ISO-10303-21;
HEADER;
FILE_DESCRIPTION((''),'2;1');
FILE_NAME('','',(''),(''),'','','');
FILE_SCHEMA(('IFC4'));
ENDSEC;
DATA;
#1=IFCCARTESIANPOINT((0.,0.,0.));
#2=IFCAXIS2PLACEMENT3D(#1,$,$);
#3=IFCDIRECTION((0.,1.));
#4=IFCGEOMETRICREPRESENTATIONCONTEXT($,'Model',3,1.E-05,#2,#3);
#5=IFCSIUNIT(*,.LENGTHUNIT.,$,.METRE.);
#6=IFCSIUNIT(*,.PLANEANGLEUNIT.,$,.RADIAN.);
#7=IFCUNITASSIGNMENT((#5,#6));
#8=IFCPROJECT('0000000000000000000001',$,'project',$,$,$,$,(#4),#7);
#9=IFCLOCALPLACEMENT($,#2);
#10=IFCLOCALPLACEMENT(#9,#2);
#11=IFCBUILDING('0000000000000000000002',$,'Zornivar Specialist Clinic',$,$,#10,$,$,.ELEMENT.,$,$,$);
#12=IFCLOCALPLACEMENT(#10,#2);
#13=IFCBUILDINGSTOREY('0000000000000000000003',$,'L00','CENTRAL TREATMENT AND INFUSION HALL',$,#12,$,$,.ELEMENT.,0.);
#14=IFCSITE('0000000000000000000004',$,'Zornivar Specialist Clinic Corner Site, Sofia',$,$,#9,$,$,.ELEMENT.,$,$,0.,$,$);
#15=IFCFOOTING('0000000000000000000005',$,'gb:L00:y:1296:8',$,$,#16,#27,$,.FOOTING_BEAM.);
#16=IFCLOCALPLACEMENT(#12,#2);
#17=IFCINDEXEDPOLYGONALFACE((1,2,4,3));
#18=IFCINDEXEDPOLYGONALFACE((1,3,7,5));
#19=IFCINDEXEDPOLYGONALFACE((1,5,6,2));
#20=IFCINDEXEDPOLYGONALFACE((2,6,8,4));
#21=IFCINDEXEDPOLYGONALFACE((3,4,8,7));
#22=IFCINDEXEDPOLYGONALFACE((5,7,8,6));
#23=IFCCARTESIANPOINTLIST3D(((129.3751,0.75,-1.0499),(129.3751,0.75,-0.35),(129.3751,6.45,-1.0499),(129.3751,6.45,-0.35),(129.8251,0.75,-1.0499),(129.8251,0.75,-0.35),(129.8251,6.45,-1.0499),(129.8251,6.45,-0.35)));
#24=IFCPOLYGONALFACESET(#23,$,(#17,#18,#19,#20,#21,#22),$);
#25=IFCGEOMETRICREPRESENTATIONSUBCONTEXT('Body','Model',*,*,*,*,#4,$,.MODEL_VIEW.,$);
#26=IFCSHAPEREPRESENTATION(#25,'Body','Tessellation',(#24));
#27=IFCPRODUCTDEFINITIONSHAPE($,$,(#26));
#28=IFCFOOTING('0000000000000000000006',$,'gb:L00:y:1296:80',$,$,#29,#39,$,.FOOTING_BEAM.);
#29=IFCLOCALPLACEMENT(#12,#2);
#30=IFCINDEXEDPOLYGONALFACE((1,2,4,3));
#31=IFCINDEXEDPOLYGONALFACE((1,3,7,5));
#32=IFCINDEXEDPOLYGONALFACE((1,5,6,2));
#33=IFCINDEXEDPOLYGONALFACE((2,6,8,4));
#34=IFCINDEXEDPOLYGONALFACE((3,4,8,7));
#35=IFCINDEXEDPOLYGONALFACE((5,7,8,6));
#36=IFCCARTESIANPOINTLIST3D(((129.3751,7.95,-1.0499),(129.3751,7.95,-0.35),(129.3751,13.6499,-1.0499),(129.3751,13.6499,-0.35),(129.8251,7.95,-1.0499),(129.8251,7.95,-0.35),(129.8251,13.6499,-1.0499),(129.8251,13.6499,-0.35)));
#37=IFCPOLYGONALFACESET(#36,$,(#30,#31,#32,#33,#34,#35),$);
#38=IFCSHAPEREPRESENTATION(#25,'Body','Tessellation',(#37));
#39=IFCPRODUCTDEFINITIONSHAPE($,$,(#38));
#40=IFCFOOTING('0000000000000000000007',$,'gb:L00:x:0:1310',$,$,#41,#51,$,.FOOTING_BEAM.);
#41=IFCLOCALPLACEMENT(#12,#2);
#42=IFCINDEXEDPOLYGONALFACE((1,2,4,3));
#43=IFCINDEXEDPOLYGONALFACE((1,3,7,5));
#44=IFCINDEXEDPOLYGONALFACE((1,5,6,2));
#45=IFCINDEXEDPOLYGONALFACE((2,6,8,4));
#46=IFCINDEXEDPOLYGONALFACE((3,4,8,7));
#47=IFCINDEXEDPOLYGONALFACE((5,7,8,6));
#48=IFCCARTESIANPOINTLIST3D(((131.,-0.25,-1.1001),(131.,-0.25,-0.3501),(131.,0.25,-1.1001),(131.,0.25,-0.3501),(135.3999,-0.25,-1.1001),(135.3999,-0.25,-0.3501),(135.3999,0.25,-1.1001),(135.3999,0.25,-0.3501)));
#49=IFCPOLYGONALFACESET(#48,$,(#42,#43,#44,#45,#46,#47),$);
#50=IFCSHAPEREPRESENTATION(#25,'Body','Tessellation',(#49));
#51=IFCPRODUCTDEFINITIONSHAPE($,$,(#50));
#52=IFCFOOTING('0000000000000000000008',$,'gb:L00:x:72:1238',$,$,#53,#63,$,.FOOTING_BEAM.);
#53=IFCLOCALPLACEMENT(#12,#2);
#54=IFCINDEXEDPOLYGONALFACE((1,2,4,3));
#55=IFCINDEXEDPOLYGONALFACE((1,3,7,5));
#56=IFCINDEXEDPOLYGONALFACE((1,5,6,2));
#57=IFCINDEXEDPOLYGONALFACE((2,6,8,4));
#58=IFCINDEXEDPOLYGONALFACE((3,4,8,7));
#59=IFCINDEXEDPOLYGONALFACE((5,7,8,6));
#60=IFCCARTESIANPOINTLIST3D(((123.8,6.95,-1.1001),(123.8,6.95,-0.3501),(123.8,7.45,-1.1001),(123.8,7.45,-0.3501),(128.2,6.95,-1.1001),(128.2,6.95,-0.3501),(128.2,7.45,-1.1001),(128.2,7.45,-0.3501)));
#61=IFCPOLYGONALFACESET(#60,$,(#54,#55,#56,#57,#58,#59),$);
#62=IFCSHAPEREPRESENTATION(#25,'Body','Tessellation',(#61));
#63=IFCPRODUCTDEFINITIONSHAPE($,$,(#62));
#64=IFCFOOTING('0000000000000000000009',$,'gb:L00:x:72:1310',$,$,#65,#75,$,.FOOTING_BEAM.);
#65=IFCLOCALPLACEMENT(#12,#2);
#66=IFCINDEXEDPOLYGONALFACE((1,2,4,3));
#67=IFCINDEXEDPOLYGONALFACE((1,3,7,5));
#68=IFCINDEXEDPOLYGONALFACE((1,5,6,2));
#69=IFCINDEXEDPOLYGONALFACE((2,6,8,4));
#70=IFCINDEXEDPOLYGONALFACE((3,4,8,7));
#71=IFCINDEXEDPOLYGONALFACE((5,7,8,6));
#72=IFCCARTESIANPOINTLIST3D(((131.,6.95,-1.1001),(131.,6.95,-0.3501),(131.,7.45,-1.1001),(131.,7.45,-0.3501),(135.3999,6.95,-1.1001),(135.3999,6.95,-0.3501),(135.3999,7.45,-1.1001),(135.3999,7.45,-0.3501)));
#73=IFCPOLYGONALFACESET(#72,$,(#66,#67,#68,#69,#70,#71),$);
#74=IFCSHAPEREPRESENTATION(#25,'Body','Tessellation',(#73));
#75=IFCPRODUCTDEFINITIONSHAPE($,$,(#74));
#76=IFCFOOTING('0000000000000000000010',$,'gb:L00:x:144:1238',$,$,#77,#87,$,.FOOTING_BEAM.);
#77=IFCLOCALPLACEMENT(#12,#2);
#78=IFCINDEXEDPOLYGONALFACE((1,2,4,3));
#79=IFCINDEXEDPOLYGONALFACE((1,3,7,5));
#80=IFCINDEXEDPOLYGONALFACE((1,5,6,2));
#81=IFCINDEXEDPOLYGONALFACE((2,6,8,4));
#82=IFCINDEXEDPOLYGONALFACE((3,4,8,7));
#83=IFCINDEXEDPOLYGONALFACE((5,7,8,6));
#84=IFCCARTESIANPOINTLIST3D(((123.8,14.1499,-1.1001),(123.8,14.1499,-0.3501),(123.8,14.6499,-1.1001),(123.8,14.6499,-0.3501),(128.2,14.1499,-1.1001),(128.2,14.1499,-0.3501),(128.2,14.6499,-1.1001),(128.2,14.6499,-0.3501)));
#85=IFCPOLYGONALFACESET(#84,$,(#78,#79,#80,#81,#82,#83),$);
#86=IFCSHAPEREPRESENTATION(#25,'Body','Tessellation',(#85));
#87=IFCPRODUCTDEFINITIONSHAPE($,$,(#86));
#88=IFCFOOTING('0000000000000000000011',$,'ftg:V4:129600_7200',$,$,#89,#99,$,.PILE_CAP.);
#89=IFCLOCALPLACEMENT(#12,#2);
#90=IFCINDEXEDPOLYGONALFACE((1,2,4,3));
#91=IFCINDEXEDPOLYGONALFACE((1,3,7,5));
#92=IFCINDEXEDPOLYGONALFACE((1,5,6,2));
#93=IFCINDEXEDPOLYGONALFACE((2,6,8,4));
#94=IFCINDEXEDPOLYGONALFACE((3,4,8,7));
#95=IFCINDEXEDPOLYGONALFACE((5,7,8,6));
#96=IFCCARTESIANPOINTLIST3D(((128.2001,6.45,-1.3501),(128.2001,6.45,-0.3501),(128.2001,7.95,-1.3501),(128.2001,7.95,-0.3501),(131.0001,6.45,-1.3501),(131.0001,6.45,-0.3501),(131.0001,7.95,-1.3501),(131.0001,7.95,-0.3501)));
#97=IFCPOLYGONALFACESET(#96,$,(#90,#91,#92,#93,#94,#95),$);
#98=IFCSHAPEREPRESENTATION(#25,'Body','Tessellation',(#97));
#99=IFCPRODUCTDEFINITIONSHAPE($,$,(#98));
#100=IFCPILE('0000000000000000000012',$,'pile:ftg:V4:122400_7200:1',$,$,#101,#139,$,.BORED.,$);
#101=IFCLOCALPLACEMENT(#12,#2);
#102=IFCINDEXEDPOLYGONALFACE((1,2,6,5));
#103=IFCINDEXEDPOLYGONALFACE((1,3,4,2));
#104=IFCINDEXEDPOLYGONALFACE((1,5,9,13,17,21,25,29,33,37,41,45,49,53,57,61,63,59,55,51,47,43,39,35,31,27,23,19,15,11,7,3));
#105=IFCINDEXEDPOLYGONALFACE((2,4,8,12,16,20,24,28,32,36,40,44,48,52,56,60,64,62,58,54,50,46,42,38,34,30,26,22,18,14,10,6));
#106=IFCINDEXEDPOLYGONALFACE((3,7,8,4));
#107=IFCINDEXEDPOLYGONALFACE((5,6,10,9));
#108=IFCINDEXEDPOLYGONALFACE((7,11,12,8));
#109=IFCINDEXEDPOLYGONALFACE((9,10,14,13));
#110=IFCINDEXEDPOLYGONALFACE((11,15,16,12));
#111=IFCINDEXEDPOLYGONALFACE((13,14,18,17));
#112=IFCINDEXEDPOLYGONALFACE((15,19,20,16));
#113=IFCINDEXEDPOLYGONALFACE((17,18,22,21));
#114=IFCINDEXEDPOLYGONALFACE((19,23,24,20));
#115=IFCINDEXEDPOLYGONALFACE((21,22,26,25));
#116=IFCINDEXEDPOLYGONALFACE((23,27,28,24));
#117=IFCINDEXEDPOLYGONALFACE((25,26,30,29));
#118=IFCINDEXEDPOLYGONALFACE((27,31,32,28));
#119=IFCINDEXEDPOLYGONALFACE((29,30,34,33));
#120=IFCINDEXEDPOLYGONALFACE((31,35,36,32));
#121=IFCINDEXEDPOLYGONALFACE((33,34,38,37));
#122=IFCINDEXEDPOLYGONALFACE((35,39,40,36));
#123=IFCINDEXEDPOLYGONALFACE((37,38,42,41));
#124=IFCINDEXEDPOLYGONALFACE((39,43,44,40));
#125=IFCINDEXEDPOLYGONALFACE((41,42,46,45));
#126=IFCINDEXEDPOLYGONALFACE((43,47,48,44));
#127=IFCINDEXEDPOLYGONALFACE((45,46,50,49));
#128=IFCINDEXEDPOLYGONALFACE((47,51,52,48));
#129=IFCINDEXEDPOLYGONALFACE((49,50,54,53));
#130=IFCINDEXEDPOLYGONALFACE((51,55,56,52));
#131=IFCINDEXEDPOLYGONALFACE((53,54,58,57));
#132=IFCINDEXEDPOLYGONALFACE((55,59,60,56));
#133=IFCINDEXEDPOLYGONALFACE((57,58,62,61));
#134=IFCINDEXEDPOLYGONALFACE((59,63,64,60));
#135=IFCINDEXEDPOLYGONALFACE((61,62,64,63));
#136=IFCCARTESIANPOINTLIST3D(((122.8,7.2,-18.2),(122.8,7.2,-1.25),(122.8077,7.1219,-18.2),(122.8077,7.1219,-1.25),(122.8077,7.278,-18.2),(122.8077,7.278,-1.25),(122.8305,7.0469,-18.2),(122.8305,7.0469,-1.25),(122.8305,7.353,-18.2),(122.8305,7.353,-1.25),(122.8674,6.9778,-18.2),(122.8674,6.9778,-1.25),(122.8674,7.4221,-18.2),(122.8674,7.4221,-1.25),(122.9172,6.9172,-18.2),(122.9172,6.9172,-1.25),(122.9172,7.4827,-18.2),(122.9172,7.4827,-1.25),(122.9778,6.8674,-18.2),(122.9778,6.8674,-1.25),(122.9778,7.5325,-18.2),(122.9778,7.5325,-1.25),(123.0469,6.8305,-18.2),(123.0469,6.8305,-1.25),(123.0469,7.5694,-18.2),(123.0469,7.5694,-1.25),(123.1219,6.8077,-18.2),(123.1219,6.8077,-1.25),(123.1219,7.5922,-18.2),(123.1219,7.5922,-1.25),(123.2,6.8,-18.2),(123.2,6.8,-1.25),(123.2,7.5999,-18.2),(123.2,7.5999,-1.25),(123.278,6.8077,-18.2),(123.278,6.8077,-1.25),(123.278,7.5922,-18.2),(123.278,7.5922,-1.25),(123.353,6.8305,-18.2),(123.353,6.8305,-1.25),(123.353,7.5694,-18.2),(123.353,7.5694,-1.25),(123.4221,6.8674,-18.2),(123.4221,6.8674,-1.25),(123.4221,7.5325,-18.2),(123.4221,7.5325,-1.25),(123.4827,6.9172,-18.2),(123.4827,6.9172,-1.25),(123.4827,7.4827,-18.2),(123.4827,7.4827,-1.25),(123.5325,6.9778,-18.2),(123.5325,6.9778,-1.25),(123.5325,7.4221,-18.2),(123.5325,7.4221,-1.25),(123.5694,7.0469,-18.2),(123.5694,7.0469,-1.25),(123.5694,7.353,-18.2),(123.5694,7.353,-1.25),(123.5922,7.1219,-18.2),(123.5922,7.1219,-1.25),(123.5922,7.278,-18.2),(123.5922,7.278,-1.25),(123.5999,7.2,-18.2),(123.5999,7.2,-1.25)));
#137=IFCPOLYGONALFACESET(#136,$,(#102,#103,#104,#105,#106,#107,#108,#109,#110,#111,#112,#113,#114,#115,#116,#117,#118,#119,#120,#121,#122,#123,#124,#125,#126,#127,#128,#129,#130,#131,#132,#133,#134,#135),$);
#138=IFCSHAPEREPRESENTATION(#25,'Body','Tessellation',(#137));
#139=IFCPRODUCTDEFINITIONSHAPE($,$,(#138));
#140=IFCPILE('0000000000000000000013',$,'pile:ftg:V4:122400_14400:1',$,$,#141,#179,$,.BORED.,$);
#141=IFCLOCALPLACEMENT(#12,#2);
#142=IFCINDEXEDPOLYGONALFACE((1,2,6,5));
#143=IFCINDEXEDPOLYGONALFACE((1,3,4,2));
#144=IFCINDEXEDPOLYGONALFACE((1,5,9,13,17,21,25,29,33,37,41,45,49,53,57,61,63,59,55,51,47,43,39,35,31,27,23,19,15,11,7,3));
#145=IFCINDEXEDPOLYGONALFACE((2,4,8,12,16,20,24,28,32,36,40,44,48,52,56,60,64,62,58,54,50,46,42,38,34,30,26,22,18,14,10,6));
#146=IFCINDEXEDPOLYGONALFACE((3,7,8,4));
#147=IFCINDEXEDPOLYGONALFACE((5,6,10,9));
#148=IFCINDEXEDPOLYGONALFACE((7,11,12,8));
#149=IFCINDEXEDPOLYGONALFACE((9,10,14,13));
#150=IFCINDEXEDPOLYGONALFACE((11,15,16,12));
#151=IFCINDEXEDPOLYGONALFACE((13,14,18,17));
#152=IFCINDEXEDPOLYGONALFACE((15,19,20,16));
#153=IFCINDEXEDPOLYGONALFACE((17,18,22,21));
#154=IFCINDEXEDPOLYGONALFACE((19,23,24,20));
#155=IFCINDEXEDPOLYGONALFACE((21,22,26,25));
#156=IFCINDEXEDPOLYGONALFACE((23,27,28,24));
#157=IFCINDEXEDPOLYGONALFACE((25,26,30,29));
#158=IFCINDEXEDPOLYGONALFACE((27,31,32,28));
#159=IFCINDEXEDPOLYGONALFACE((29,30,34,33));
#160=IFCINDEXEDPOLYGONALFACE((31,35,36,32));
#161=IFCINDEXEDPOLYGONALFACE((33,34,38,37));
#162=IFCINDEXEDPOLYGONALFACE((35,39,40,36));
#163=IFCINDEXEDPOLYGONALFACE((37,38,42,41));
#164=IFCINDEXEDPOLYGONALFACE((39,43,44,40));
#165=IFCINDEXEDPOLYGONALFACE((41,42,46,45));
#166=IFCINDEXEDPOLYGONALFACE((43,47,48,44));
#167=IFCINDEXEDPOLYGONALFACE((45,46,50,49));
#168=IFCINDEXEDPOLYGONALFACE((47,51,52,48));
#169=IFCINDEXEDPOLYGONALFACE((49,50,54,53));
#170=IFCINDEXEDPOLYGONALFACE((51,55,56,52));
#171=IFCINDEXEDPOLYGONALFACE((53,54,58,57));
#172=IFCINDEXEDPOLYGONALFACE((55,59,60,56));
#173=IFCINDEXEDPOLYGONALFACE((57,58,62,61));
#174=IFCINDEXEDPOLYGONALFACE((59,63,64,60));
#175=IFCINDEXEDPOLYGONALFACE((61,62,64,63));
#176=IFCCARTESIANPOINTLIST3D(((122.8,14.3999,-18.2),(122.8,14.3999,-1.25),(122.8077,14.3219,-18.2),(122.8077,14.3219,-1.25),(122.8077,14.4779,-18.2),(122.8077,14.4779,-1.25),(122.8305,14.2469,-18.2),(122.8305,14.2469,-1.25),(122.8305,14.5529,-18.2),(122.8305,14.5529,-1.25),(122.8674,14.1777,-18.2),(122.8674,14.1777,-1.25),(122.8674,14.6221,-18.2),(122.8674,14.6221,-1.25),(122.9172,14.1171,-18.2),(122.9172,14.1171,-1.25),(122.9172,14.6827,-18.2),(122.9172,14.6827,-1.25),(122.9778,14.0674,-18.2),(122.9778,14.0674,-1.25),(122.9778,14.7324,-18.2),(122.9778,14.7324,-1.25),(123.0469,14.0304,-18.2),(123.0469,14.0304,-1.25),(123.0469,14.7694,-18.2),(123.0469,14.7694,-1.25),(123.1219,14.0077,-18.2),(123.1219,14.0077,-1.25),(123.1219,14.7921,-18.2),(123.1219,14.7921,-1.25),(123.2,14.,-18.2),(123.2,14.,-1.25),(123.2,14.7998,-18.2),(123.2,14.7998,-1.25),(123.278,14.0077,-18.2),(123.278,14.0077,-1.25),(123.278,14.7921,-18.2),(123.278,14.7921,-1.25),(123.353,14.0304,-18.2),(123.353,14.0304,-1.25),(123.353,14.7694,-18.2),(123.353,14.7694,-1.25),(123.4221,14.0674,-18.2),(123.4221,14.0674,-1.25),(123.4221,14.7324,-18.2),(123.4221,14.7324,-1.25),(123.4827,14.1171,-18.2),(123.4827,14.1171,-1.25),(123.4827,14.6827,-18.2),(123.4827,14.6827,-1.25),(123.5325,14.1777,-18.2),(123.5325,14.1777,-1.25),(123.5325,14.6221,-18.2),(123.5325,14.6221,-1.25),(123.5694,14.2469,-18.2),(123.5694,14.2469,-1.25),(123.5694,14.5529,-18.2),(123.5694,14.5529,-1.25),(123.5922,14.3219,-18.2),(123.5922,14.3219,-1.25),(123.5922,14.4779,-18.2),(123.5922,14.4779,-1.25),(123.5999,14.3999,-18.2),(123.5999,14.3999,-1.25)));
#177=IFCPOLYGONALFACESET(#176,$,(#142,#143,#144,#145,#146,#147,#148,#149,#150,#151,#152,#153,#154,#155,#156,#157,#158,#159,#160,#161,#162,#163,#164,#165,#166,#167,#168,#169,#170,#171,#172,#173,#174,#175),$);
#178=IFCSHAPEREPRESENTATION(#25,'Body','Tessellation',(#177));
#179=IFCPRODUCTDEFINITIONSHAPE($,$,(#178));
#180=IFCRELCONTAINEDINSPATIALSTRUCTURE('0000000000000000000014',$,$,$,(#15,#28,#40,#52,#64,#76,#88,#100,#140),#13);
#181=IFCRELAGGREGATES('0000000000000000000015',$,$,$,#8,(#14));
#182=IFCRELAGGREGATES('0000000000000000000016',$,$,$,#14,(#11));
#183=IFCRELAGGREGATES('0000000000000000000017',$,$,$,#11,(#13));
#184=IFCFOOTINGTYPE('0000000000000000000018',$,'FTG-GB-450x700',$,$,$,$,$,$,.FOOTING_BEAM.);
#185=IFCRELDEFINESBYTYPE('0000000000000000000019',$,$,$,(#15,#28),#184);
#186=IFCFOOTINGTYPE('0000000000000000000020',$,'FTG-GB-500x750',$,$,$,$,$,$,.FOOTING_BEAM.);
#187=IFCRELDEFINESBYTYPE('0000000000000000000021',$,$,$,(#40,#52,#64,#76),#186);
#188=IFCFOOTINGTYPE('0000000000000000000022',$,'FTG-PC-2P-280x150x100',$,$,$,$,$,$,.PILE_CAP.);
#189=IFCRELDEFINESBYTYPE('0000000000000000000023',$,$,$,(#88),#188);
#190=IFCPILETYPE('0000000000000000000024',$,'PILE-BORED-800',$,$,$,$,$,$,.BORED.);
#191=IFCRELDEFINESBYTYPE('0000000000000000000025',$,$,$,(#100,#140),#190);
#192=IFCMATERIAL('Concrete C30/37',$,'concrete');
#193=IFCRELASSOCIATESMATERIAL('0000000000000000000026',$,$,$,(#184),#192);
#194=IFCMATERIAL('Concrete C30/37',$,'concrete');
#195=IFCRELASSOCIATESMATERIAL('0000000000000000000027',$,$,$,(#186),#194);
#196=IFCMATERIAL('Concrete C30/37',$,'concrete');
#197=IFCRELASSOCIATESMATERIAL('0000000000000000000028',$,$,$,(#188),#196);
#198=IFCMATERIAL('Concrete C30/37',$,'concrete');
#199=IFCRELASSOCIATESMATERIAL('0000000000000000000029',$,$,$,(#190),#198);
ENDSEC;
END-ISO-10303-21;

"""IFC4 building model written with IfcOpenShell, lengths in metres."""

from ifc_helpers import new_model, si_unit, direction, frame, origin, origin_2d, place, context, subcontext, project, spatial, rectangle, circle, extrude, material, material_profile, profile_set, type_object, element, save


model = new_model("IFC4")

# Units and contexts
model_context = context("Model", 3, precision=1e-05, world=origin(), true_north=direction((0.0, 1.0)))
body_context = subcontext(model_context, "Body", "Model", "MODEL_VIEW")
ifc_project = project(units=[si_unit("LENGTHUNIT", "METRE"), si_unit("PLANEANGLEUNIT", "RADIAN")], contexts=[model_context])

# Site, building, storey
site_placement = place(None, origin())
site = spatial("IfcSite", under=ifc_project, at=site_placement, Name="Zornivar Specialist Clinic Corner Site, Sofia", CompositionType="ELEMENT", RefElevation=0.0)
building_placement = place(site_placement, origin())
building = spatial("IfcBuilding", under=site, at=building_placement, Name="Zornivar Specialist Clinic", CompositionType="ELEMENT")
storey_placement = place(building_placement, origin())
storey = spatial("IfcBuildingStorey", under=building, at=storey_placement, Name="L00", Description="CENTRAL TREATMENT AND INFUSION HALL", CompositionType="ELEMENT", Elevation=0.0)

# Footings
ifc_material_1 = material(Name="Concrete C30/37", Category="concrete")
ifc_material_profile_1 = material_profile(ifc_material_1, rectangle(XDim=0.45, YDim=0.7, at=origin_2d()), Name="RC 450x700")
ifc_profile_set_1 = profile_set([ifc_material_profile_1], Name="Concrete C30/37")
footing_type_1 = type_object("IfcFootingType", Name="FTG-GB-450x700", PredefinedType="FOOTING_BEAM", material=ifc_profile_set_1)
for number, where, z_axis, x_axis, name in (
    (1, (129.6001, 0.75, -0.7), (0.0, 1.0, 0.0), (-1.0, 0.0, 0.0), "gb:L00:y:1296:8"),
    (2, (129.6001, 7.95, -0.7), (0.0, 1.0, 0.0), (-1.0, 0.0, 0.0), "gb:L00:y:1296:80"),
):
    element("IfcFooting", number, at=place(storey_placement, frame(where, z_axis=z_axis, x_axis=x_axis)), inside=storey, type_object=footing_type_1, Name=name, PredefinedType="FOOTING_BEAM", context=body_context, shape_type="SweptSolid", body=[
        extrude(rectangle(XDim=0.45, YDim=0.7, at=origin_2d()), origin(), (0.0, 0.0, 1.0), 5.7),
    ])
ifc_material_2 = material(Name="Concrete C30/37", Category="concrete")
ifc_material_profile_2 = material_profile(ifc_material_2, rectangle(XDim=0.5, YDim=0.75, at=origin_2d()), Name="RC 500x750")
ifc_profile_set_2 = profile_set([ifc_material_profile_2], Name="Concrete C30/37")
footing_type_2 = type_object("IfcFootingType", Name="FTG-GB-500x750", PredefinedType="FOOTING_BEAM", material=ifc_profile_set_2)
for number, where, z_axis, x_axis, name in (
    (3, (131.0, 0.0, -0.7251), (1.0, 0.0, 0.0), (0.0, 1.0, 0.0), "gb:L00:x:0:1310"),
    (4, (123.8, 7.2, -0.7251), (1.0, 0.0, 0.0), (0.0, 1.0, 0.0), "gb:L00:x:72:1238"),
    (5, (131.0, 7.2, -0.7251), (1.0, 0.0, 0.0), (0.0, 1.0, 0.0), "gb:L00:x:72:1310"),
    (6, (123.8, 14.3999, -0.7251), (1.0, 0.0, 0.0), (0.0, 1.0, 0.0), "gb:L00:x:144:1238"),
):
    element("IfcFooting", number, at=place(storey_placement, frame(where, z_axis=z_axis, x_axis=x_axis)), inside=storey, type_object=footing_type_2, Name=name, PredefinedType="FOOTING_BEAM", context=body_context, shape_type="SweptSolid", body=[
        extrude(rectangle(XDim=0.5, YDim=0.75, at=origin_2d()), origin(), (0.0, 0.0, 1.0), 4.3999),
    ])
ifc_material_3 = material(Name="Concrete C30/37", Category="concrete")
footing_type_3 = type_object("IfcFootingType", Name="FTG-PC-2P-280x150x100", PredefinedType="PILE_CAP", material=ifc_material_3)
footing_placement = place(storey_placement, frame((129.6001, 7.2, -1.3501), z_axis=(0.0, 0.0, 1.0), x_axis=(1.0, 0.0, 0.0)))
element("IfcFooting", 7, at=footing_placement, inside=storey, type_object=footing_type_3, Name="ftg:V4:129600_7200", PredefinedType="PILE_CAP", context=body_context, shape_type="SweptSolid", body=[
    extrude(rectangle(XDim=2.8, YDim=1.5, at=origin_2d()), origin(), (0.0, 0.0, 1.0), 1.0),
])

# Piles
ifc_material_4 = material(Name="Concrete C30/37", Category="concrete")
ifc_material_profile_3 = material_profile(ifc_material_4, circle(Radius=0.3999, at=origin_2d()), Name="PILE D800")
ifc_profile_set_3 = profile_set([ifc_material_profile_3], Name="Concrete C30/37")
pile_type = type_object("IfcPileType", Name="PILE-BORED-800", PredefinedType="BORED", material=ifc_profile_set_3)
for number, where, z_axis, x_axis, name in (
    (8, (123.2, 7.2, -1.25), (0.0, 0.0, -1.0), (1.0, 0.0, 0.0), "pile:ftg:V4:122400_7200:1"),
    (9, (123.2, 14.3999, -1.25), (0.0, 0.0, -1.0), (1.0, 0.0, 0.0), "pile:ftg:V4:122400_14400:1"),
):
    element("IfcPile", number, at=place(storey_placement, frame(where, z_axis=z_axis, x_axis=x_axis)), inside=storey, type_object=pile_type, Name=name, PredefinedType="BORED", context=body_context, shape_type="SweptSolid", body=[
        extrude(circle(Radius=0.3999, at=origin_2d()), origin(), (0.0, 0.0, 1.0), 16.95),
    ])

save(model, "model.ifc")
